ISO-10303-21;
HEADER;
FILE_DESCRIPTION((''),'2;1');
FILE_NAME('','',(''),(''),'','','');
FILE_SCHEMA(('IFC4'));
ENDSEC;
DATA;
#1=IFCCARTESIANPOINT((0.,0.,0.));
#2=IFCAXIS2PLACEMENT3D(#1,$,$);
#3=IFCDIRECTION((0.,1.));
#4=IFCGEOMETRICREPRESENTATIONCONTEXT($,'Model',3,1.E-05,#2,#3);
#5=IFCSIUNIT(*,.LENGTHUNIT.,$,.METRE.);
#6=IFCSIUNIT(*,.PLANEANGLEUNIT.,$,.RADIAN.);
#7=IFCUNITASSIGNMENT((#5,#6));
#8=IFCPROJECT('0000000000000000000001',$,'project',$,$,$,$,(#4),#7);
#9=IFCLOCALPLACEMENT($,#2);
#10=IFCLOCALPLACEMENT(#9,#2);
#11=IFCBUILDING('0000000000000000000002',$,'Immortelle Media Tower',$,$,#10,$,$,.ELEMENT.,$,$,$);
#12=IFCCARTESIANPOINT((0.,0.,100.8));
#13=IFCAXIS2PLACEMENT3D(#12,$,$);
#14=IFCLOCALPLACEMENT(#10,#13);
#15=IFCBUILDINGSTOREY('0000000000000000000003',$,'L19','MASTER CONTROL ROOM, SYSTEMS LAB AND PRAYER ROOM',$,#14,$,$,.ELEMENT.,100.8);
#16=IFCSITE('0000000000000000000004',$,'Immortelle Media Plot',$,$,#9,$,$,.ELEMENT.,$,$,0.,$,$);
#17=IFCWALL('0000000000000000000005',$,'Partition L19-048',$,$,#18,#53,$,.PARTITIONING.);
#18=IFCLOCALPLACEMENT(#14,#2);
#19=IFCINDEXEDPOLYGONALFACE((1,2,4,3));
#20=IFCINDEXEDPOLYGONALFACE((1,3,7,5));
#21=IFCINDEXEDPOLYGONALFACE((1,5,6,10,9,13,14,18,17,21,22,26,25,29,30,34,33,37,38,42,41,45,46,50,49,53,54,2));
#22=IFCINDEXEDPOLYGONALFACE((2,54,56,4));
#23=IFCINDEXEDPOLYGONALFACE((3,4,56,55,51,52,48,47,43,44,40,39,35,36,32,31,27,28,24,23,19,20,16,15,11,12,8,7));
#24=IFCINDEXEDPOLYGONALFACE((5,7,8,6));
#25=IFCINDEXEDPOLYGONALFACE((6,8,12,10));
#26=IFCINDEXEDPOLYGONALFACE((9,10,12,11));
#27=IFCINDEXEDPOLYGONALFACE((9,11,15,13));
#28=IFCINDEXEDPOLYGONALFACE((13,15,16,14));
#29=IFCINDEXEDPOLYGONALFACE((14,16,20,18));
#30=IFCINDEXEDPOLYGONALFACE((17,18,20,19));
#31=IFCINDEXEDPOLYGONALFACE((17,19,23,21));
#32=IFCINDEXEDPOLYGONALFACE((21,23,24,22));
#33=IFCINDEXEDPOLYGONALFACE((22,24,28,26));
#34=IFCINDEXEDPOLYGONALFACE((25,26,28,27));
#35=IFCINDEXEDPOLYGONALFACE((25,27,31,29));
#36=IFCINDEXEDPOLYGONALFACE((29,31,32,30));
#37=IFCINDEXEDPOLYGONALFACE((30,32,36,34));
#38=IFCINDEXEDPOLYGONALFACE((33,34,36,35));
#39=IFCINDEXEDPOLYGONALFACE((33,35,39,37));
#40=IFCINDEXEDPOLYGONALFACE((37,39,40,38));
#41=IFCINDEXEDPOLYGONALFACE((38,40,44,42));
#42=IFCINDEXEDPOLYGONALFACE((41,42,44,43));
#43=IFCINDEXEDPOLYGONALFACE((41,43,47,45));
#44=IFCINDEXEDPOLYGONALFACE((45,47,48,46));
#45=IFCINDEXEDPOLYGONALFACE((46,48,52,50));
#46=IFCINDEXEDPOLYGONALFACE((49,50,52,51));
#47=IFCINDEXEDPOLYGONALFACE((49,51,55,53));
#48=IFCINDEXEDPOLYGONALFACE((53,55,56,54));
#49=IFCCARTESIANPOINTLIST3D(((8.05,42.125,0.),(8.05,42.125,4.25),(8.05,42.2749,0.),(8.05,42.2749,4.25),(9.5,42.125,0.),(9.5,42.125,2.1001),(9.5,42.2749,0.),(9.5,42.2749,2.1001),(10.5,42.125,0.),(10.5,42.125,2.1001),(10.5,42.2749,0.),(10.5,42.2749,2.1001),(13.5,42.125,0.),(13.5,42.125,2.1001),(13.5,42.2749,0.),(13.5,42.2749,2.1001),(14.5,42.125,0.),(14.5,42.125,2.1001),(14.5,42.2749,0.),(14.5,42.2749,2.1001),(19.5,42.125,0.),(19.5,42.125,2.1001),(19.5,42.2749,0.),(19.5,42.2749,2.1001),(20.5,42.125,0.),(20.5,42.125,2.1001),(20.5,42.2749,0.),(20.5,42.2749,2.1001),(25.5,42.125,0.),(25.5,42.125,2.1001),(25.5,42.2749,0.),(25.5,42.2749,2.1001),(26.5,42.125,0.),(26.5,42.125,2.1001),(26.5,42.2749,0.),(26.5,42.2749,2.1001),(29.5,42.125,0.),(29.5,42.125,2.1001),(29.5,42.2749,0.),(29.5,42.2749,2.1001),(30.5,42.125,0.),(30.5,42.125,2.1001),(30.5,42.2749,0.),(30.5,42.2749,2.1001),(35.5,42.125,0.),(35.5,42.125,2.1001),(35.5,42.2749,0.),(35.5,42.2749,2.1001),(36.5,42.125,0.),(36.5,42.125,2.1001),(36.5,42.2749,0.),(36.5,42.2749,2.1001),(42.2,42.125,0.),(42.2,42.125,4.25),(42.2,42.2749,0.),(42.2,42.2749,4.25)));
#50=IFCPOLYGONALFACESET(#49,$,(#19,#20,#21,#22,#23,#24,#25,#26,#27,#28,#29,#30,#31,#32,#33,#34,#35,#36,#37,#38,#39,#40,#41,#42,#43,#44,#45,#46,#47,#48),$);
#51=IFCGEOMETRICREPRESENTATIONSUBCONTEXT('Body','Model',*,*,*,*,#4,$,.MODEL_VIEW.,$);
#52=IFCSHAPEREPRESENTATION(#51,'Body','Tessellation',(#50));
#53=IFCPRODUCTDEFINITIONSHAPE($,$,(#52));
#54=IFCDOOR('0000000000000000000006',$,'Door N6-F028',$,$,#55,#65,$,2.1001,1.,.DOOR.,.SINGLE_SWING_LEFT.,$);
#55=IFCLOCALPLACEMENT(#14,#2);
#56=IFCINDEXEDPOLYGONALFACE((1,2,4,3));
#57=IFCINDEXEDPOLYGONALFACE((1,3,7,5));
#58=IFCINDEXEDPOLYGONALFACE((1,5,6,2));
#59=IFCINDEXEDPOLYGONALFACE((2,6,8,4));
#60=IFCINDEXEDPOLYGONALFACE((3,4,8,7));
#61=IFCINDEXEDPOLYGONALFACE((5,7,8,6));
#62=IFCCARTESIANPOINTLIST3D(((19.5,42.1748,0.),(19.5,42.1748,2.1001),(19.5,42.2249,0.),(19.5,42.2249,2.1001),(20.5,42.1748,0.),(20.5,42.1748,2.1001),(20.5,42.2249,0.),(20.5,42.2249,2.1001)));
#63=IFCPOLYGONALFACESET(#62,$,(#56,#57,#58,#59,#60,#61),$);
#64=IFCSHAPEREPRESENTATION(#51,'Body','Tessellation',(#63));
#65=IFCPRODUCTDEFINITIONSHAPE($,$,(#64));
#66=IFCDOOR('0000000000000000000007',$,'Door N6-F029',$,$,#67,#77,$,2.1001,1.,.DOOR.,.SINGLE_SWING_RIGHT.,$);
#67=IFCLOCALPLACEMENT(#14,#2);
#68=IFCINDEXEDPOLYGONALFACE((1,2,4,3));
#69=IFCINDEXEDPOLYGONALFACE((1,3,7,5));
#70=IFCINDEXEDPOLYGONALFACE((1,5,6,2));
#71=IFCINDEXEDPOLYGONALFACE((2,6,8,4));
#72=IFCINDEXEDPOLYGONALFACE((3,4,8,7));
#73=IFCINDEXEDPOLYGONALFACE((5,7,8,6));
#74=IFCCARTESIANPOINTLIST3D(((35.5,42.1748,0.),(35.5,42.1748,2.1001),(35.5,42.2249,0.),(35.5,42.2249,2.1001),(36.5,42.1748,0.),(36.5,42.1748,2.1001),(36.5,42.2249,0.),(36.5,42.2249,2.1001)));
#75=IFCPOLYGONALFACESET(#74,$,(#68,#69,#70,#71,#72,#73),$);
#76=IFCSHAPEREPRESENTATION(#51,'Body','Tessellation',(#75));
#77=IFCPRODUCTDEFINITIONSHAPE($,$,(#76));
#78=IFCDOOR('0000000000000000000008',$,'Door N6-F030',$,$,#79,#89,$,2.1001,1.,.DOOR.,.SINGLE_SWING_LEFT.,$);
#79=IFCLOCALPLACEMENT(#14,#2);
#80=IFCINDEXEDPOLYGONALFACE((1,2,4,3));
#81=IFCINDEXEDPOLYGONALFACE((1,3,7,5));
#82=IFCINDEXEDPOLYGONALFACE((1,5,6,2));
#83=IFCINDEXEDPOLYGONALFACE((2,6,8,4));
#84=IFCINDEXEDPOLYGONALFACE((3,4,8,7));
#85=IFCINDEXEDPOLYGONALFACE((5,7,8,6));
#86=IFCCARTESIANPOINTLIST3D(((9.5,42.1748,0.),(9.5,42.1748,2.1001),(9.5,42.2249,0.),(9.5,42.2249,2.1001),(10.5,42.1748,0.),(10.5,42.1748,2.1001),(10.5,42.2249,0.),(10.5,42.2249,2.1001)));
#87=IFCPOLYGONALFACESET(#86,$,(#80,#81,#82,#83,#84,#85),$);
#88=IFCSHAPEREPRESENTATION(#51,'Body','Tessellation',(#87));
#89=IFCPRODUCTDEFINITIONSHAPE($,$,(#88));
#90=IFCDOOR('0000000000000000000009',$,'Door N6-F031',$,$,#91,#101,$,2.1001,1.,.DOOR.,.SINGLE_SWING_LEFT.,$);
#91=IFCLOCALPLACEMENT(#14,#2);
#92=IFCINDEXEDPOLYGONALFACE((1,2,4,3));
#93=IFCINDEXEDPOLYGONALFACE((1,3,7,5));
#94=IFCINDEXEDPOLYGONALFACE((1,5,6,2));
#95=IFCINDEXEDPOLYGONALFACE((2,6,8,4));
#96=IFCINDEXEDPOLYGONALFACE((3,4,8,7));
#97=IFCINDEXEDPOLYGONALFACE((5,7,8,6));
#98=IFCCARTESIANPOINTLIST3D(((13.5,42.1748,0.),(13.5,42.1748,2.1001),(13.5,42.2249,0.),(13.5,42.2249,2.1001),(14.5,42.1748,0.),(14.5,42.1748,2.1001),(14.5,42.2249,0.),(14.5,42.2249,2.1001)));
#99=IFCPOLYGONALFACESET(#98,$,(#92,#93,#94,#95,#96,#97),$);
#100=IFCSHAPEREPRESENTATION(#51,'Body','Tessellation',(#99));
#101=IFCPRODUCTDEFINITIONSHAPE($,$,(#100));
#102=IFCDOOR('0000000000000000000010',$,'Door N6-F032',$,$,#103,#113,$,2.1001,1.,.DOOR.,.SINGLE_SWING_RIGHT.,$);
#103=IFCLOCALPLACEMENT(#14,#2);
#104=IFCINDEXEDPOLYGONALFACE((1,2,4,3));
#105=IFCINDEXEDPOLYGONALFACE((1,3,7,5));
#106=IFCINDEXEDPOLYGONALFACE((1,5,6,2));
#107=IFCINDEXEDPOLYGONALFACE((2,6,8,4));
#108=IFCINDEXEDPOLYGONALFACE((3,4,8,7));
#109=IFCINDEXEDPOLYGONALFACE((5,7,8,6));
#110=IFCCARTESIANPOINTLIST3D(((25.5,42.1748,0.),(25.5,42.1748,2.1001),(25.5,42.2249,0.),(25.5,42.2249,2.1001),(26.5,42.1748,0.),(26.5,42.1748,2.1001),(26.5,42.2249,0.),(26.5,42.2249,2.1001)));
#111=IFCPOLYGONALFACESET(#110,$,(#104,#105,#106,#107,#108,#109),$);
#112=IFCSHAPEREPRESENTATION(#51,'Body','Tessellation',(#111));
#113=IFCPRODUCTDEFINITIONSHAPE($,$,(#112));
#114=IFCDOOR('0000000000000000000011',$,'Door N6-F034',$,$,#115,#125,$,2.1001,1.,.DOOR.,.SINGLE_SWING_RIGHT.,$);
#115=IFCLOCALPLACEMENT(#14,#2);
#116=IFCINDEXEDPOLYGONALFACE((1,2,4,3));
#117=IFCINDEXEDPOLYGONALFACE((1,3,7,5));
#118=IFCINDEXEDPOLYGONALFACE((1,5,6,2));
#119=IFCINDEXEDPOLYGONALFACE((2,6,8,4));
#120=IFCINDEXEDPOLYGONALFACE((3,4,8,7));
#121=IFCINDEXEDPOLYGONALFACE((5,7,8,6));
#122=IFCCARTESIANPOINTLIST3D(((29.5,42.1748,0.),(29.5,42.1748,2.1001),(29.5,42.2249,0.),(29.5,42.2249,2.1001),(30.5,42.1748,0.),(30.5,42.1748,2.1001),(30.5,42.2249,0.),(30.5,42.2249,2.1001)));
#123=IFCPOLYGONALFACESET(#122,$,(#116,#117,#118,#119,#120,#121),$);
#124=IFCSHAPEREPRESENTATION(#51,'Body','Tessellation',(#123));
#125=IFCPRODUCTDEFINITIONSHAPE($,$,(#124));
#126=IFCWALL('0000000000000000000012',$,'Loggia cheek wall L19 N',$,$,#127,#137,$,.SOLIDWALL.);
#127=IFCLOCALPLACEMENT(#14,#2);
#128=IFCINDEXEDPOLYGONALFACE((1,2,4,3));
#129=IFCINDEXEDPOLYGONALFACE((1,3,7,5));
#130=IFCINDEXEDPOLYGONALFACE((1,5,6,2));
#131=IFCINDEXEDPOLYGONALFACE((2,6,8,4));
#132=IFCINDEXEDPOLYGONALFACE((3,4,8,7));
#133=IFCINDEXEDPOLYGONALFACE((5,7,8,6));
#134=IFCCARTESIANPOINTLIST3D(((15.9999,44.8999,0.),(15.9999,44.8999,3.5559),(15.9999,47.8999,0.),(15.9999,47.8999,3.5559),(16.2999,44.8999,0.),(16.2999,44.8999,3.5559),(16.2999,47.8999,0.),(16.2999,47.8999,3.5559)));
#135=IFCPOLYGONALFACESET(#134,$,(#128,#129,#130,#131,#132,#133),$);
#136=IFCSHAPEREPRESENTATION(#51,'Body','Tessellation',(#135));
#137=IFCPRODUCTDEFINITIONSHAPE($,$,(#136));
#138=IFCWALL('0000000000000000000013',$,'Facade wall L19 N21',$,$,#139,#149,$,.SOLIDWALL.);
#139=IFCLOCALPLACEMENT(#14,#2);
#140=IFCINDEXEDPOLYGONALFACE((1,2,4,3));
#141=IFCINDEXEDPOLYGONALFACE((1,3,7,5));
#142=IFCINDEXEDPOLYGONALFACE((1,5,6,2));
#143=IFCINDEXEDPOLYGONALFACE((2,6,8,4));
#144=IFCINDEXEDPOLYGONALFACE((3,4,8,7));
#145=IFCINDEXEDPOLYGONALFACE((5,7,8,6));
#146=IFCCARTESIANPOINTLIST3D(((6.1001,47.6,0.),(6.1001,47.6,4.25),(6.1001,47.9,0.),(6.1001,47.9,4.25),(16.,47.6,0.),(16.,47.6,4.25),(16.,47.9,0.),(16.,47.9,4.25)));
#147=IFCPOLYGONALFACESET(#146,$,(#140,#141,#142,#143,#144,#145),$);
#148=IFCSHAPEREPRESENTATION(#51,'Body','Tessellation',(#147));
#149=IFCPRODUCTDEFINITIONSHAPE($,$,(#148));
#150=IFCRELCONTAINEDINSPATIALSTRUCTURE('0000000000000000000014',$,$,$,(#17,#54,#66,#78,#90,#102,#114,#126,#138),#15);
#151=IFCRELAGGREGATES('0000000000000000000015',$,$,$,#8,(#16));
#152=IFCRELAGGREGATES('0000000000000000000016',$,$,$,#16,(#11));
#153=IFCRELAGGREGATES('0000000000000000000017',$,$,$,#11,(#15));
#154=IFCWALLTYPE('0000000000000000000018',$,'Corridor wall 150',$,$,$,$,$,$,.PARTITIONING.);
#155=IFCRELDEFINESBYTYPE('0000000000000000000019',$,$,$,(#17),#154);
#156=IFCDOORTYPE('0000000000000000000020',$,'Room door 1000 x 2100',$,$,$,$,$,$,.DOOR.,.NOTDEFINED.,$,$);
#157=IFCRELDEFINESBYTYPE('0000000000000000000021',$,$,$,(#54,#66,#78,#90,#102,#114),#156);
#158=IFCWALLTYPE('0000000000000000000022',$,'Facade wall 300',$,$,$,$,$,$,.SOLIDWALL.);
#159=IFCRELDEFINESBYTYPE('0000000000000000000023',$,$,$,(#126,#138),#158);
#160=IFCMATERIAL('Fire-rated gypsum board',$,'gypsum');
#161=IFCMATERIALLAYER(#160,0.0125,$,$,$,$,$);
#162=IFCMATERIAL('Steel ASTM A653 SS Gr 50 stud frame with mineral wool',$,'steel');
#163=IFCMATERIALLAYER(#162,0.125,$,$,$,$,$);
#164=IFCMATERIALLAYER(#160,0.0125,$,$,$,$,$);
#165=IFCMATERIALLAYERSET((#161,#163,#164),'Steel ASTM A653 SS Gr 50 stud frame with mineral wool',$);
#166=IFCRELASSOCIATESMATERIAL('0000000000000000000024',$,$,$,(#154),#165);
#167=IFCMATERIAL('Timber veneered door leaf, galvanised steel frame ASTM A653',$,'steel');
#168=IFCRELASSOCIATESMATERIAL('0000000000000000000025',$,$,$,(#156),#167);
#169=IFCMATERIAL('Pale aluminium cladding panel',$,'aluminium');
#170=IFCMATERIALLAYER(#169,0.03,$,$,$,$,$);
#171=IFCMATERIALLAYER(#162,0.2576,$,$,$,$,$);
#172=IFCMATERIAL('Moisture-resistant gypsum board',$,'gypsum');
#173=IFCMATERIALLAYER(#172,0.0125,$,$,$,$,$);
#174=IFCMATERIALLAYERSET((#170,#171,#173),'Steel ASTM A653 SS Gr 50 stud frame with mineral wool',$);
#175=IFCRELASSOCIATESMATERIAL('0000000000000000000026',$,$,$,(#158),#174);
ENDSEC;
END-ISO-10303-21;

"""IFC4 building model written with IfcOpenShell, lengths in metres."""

from ifc_helpers import new_model, si_unit, direction, frame, frame_2d, origin, place, context, subcontext, project, spatial, rectangle, extrude, material, layer, layer_set, type_object, element, fill, save


model = new_model("IFC4")

# Units and contexts
model_context = context("Model", 3, precision=1e-05, world=origin(), true_north=direction((0.0, 1.0)))
body_context = subcontext(model_context, "Body", "Model", "MODEL_VIEW")
ifc_project = project(units=[si_unit("LENGTHUNIT", "METRE"), si_unit("PLANEANGLEUNIT", "RADIAN")], contexts=[model_context])

# Site, building, storey
site_placement = place(None, origin())
site = spatial("IfcSite", under=ifc_project, at=site_placement, Name="Immortelle Media Plot", CompositionType="ELEMENT", RefElevation=0.0)
building_placement = place(site_placement, origin())
building = spatial("IfcBuilding", under=site, at=building_placement, Name="Immortelle Media Tower", CompositionType="ELEMENT")
storey_placement = place(building_placement, frame((0.0, 0.0, 100.8)))
storey = spatial("IfcBuildingStorey", under=building, at=storey_placement, Name="L19", Description="MASTER CONTROL ROOM, SYSTEMS LAB AND PRAYER ROOM", CompositionType="ELEMENT", Elevation=100.8)

# Wall, openings, doors
ifc_material_1 = material(Name="Fire-rated gypsum board", Category="gypsum")
ifc_layer_1 = layer(ifc_material_1, 0.0125)
ifc_material_2 = material(Name="Steel ASTM A653 SS Gr 50 stud frame with mineral wool", Category="steel")
ifc_layer_2 = layer(ifc_material_2, 0.125)
ifc_layer_3 = layer(ifc_material_1, 0.0125)
ifc_layer_set_1 = layer_set([ifc_layer_1, ifc_layer_2, ifc_layer_3], Name="Steel ASTM A653 SS Gr 50 stud frame with mineral wool")
wall_type_1 = type_object("IfcWallType", Name="Corridor wall 150", PredefinedType="PARTITIONING", material=ifc_layer_set_1)
wall_1_placement = place(storey_placement, frame((8.05, 42.2, 0.0), z_axis=(0.0, 0.0, 1.0), x_axis=(1.0, 0.0, 0.0)))
wall_1 = element("IfcWall", 1, at=wall_1_placement, inside=storey, type_object=wall_type_1, Name="Partition L19-048", PredefinedType="PARTITIONING", context=body_context, shape_type="SweptSolid", body=[
    extrude(rectangle(XDim=34.1499, YDim=0.1499, at=frame_2d((17.075, 0.0))), origin(), (0.0, 0.0, 1.0), 4.25),
])
opening_1_placement = place(wall_1_placement, frame((11.45, 0.0, 0.0)))
opening_1 = element("IfcOpeningElement", 2, at=opening_1_placement, cuts=wall_1, PredefinedType="OPENING", context=body_context, shape_type="SweptSolid", body=[
    extrude(rectangle(XDim=1.0, YDim=2.1001, at=frame_2d((0.5, 1.05))), frame((0.0, 0.085, 0.0), z_axis=(0.0, -1.0, 0.0), x_axis=(1.0, 0.0, 0.0)), (0.0, 0.0, 1.0), 0.1699),
])
opening_2_placement = place(wall_1_placement, frame((27.45, 0.0, 0.0)))
opening_2 = element("IfcOpeningElement", 3, at=opening_2_placement, cuts=wall_1, PredefinedType="OPENING", context=body_context, shape_type="SweptSolid", body=[
    extrude(rectangle(XDim=1.0, YDim=2.1001, at=frame_2d((0.5, 1.05))), frame((0.0, 0.085, 0.0), z_axis=(0.0, -1.0, 0.0), x_axis=(1.0, 0.0, 0.0)), (0.0, 0.0, 1.0), 0.1699),
])
opening_3_placement = place(wall_1_placement, frame((1.45, 0.0, 0.0)))
opening_3 = element("IfcOpeningElement", 4, at=opening_3_placement, cuts=wall_1, PredefinedType="OPENING", context=body_context, shape_type="SweptSolid", body=[
    extrude(rectangle(XDim=1.0, YDim=2.1001, at=frame_2d((0.5, 1.05))), frame((0.0, 0.085, 0.0), z_axis=(0.0, -1.0, 0.0), x_axis=(1.0, 0.0, 0.0)), (0.0, 0.0, 1.0), 0.1699),
])
opening_4_placement = place(wall_1_placement, frame((5.45, 0.0, 0.0)))
opening_4 = element("IfcOpeningElement", 5, at=opening_4_placement, cuts=wall_1, PredefinedType="OPENING", context=body_context, shape_type="SweptSolid", body=[
    extrude(rectangle(XDim=1.0, YDim=2.1001, at=frame_2d((0.5, 1.05))), frame((0.0, 0.085, 0.0), z_axis=(0.0, -1.0, 0.0), x_axis=(1.0, 0.0, 0.0)), (0.0, 0.0, 1.0), 0.1699),
])
opening_5_placement = place(wall_1_placement, frame((17.45, 0.0, 0.0)))
opening_5 = element("IfcOpeningElement", 6, at=opening_5_placement, cuts=wall_1, PredefinedType="OPENING", context=body_context, shape_type="SweptSolid", body=[
    extrude(rectangle(XDim=1.0, YDim=2.1001, at=frame_2d((0.5, 1.05))), frame((0.0, 0.085, 0.0), z_axis=(0.0, -1.0, 0.0), x_axis=(1.0, 0.0, 0.0)), (0.0, 0.0, 1.0), 0.1699),
])
opening_6_placement = place(wall_1_placement, frame((21.45, 0.0, 0.0)))
opening_6 = element("IfcOpeningElement", 7, at=opening_6_placement, cuts=wall_1, PredefinedType="OPENING", context=body_context, shape_type="SweptSolid", body=[
    extrude(rectangle(XDim=1.0, YDim=2.1001, at=frame_2d((0.5, 1.05))), frame((0.0, 0.085, 0.0), z_axis=(0.0, -1.0, 0.0), x_axis=(1.0, 0.0, 0.0)), (0.0, 0.0, 1.0), 0.1699),
])
ifc_material_3 = material(Name="Timber veneered door leaf, galvanised steel frame ASTM A653", Category="steel")
door_type = type_object("IfcDoorType", Name="Room door 1000 x 2100", OperationType="NOTDEFINED", PredefinedType="DOOR", material=ifc_material_3)
door_1_placement = place(opening_1_placement, origin())
door_1 = element("IfcDoor", 8, at=door_1_placement, inside=storey, type_object=door_type, Name="Door N6-F028", OperationType="SINGLE_SWING_LEFT", OverallHeight=2.1001, OverallWidth=1.0, PredefinedType="DOOR", context=body_context, shape_type="SweptSolid", body=[
    extrude(rectangle(XDim=1.0, YDim=2.1001, at=frame_2d((0.5, 1.05))), frame((0.0, 0.0249, 0.0), z_axis=(0.0, -1.0, 0.0), x_axis=(1.0, 0.0, 0.0)), (0.0, 0.0, 1.0), 0.05),
])
fill(opening_1, door_1)
door_2_placement = place(opening_2_placement, origin())
door_2 = element("IfcDoor", 9, at=door_2_placement, inside=storey, type_object=door_type, Name="Door N6-F029", OperationType="SINGLE_SWING_RIGHT", OverallHeight=2.1001, OverallWidth=1.0, PredefinedType="DOOR", context=body_context, shape_type="SweptSolid", body=[
    extrude(rectangle(XDim=1.0, YDim=2.1001, at=frame_2d((0.5, 1.05))), frame((0.0, 0.0249, 0.0), z_axis=(0.0, -1.0, 0.0), x_axis=(1.0, 0.0, 0.0)), (0.0, 0.0, 1.0), 0.05),
])
fill(opening_2, door_2)
door_3_placement = place(opening_3_placement, origin())
door_3 = element("IfcDoor", 10, at=door_3_placement, inside=storey, type_object=door_type, Name="Door N6-F030", OperationType="SINGLE_SWING_LEFT", OverallHeight=2.1001, OverallWidth=1.0, PredefinedType="DOOR", context=body_context, shape_type="SweptSolid", body=[
    extrude(rectangle(XDim=1.0, YDim=2.1001, at=frame_2d((0.5, 1.05))), frame((0.0, 0.0249, 0.0), z_axis=(0.0, -1.0, 0.0), x_axis=(1.0, 0.0, 0.0)), (0.0, 0.0, 1.0), 0.05),
])
fill(opening_3, door_3)
door_4_placement = place(opening_4_placement, origin())
door_4 = element("IfcDoor", 11, at=door_4_placement, inside=storey, type_object=door_type, Name="Door N6-F031", OperationType="SINGLE_SWING_LEFT", OverallHeight=2.1001, OverallWidth=1.0, PredefinedType="DOOR", context=body_context, shape_type="SweptSolid", body=[
    extrude(rectangle(XDim=1.0, YDim=2.1001, at=frame_2d((0.5, 1.05))), frame((0.0, 0.0249, 0.0), z_axis=(0.0, -1.0, 0.0), x_axis=(1.0, 0.0, 0.0)), (0.0, 0.0, 1.0), 0.05),
])
fill(opening_4, door_4)
door_5_placement = place(opening_5_placement, origin())
door_5 = element("IfcDoor", 12, at=door_5_placement, inside=storey, type_object=door_type, Name="Door N6-F032", OperationType="SINGLE_SWING_RIGHT", OverallHeight=2.1001, OverallWidth=1.0, PredefinedType="DOOR", context=body_context, shape_type="SweptSolid", body=[
    extrude(rectangle(XDim=1.0, YDim=2.1001, at=frame_2d((0.5, 1.05))), frame((0.0, 0.0249, 0.0), z_axis=(0.0, -1.0, 0.0), x_axis=(1.0, 0.0, 0.0)), (0.0, 0.0, 1.0), 0.05),
])
fill(opening_5, door_5)
door_6_placement = place(opening_6_placement, origin())
door_6 = element("IfcDoor", 13, at=door_6_placement, inside=storey, type_object=door_type, Name="Door N6-F034", OperationType="SINGLE_SWING_RIGHT", OverallHeight=2.1001, OverallWidth=1.0, PredefinedType="DOOR", context=body_context, shape_type="SweptSolid", body=[
    extrude(rectangle(XDim=1.0, YDim=2.1001, at=frame_2d((0.5, 1.05))), frame((0.0, 0.0249, 0.0), z_axis=(0.0, -1.0, 0.0), x_axis=(1.0, 0.0, 0.0)), (0.0, 0.0, 1.0), 0.05),
])
fill(opening_6, door_6)

# Walls
ifc_material_4 = material(Name="Pale aluminium cladding panel", Category="aluminium")
ifc_layer_4 = layer(ifc_material_4, 0.03)
ifc_layer_5 = layer(ifc_material_2, 0.2576)
ifc_material_5 = material(Name="Moisture-resistant gypsum board", Category="gypsum")
ifc_layer_6 = layer(ifc_material_5, 0.0125)
ifc_layer_set_2 = layer_set([ifc_layer_4, ifc_layer_5, ifc_layer_6], Name="Steel ASTM A653 SS Gr 50 stud frame with mineral wool")
wall_type_2 = type_object("IfcWallType", Name="Facade wall 300", PredefinedType="SOLIDWALL", material=ifc_layer_set_2)
wall_2_placement = place(storey_placement, frame((16.1499, 47.8999, 0.0), z_axis=(0.0, 0.0, 1.0), x_axis=(0.0, -1.0, 0.0)))
element("IfcWall", 14, at=wall_2_placement, inside=storey, type_object=wall_type_2, Name="Loggia cheek wall L19 N", PredefinedType="SOLIDWALL", context=body_context, shape_type="SweptSolid", body=[
    extrude(rectangle(XDim=3.0, YDim=0.3, at=frame_2d((1.5, 0.0))), origin(), (0.0, 0.0, 1.0), 3.5559),
])
wall_3_placement = place(storey_placement, frame((16.0, 47.75, 0.0), z_axis=(0.0, 0.0, 1.0), x_axis=(-1.0, 0.0, 0.0)))
element("IfcWall", 15, at=wall_3_placement, inside=storey, type_object=wall_type_2, Name="Facade wall L19 N21", PredefinedType="SOLIDWALL", context=body_context, shape_type="SweptSolid", body=[
    extrude(rectangle(XDim=9.8999, YDim=0.3, at=frame_2d((4.95, 0.0))), origin(), (0.0, 0.0, 1.0), 4.25),
])

save(model, "model.ifc")
